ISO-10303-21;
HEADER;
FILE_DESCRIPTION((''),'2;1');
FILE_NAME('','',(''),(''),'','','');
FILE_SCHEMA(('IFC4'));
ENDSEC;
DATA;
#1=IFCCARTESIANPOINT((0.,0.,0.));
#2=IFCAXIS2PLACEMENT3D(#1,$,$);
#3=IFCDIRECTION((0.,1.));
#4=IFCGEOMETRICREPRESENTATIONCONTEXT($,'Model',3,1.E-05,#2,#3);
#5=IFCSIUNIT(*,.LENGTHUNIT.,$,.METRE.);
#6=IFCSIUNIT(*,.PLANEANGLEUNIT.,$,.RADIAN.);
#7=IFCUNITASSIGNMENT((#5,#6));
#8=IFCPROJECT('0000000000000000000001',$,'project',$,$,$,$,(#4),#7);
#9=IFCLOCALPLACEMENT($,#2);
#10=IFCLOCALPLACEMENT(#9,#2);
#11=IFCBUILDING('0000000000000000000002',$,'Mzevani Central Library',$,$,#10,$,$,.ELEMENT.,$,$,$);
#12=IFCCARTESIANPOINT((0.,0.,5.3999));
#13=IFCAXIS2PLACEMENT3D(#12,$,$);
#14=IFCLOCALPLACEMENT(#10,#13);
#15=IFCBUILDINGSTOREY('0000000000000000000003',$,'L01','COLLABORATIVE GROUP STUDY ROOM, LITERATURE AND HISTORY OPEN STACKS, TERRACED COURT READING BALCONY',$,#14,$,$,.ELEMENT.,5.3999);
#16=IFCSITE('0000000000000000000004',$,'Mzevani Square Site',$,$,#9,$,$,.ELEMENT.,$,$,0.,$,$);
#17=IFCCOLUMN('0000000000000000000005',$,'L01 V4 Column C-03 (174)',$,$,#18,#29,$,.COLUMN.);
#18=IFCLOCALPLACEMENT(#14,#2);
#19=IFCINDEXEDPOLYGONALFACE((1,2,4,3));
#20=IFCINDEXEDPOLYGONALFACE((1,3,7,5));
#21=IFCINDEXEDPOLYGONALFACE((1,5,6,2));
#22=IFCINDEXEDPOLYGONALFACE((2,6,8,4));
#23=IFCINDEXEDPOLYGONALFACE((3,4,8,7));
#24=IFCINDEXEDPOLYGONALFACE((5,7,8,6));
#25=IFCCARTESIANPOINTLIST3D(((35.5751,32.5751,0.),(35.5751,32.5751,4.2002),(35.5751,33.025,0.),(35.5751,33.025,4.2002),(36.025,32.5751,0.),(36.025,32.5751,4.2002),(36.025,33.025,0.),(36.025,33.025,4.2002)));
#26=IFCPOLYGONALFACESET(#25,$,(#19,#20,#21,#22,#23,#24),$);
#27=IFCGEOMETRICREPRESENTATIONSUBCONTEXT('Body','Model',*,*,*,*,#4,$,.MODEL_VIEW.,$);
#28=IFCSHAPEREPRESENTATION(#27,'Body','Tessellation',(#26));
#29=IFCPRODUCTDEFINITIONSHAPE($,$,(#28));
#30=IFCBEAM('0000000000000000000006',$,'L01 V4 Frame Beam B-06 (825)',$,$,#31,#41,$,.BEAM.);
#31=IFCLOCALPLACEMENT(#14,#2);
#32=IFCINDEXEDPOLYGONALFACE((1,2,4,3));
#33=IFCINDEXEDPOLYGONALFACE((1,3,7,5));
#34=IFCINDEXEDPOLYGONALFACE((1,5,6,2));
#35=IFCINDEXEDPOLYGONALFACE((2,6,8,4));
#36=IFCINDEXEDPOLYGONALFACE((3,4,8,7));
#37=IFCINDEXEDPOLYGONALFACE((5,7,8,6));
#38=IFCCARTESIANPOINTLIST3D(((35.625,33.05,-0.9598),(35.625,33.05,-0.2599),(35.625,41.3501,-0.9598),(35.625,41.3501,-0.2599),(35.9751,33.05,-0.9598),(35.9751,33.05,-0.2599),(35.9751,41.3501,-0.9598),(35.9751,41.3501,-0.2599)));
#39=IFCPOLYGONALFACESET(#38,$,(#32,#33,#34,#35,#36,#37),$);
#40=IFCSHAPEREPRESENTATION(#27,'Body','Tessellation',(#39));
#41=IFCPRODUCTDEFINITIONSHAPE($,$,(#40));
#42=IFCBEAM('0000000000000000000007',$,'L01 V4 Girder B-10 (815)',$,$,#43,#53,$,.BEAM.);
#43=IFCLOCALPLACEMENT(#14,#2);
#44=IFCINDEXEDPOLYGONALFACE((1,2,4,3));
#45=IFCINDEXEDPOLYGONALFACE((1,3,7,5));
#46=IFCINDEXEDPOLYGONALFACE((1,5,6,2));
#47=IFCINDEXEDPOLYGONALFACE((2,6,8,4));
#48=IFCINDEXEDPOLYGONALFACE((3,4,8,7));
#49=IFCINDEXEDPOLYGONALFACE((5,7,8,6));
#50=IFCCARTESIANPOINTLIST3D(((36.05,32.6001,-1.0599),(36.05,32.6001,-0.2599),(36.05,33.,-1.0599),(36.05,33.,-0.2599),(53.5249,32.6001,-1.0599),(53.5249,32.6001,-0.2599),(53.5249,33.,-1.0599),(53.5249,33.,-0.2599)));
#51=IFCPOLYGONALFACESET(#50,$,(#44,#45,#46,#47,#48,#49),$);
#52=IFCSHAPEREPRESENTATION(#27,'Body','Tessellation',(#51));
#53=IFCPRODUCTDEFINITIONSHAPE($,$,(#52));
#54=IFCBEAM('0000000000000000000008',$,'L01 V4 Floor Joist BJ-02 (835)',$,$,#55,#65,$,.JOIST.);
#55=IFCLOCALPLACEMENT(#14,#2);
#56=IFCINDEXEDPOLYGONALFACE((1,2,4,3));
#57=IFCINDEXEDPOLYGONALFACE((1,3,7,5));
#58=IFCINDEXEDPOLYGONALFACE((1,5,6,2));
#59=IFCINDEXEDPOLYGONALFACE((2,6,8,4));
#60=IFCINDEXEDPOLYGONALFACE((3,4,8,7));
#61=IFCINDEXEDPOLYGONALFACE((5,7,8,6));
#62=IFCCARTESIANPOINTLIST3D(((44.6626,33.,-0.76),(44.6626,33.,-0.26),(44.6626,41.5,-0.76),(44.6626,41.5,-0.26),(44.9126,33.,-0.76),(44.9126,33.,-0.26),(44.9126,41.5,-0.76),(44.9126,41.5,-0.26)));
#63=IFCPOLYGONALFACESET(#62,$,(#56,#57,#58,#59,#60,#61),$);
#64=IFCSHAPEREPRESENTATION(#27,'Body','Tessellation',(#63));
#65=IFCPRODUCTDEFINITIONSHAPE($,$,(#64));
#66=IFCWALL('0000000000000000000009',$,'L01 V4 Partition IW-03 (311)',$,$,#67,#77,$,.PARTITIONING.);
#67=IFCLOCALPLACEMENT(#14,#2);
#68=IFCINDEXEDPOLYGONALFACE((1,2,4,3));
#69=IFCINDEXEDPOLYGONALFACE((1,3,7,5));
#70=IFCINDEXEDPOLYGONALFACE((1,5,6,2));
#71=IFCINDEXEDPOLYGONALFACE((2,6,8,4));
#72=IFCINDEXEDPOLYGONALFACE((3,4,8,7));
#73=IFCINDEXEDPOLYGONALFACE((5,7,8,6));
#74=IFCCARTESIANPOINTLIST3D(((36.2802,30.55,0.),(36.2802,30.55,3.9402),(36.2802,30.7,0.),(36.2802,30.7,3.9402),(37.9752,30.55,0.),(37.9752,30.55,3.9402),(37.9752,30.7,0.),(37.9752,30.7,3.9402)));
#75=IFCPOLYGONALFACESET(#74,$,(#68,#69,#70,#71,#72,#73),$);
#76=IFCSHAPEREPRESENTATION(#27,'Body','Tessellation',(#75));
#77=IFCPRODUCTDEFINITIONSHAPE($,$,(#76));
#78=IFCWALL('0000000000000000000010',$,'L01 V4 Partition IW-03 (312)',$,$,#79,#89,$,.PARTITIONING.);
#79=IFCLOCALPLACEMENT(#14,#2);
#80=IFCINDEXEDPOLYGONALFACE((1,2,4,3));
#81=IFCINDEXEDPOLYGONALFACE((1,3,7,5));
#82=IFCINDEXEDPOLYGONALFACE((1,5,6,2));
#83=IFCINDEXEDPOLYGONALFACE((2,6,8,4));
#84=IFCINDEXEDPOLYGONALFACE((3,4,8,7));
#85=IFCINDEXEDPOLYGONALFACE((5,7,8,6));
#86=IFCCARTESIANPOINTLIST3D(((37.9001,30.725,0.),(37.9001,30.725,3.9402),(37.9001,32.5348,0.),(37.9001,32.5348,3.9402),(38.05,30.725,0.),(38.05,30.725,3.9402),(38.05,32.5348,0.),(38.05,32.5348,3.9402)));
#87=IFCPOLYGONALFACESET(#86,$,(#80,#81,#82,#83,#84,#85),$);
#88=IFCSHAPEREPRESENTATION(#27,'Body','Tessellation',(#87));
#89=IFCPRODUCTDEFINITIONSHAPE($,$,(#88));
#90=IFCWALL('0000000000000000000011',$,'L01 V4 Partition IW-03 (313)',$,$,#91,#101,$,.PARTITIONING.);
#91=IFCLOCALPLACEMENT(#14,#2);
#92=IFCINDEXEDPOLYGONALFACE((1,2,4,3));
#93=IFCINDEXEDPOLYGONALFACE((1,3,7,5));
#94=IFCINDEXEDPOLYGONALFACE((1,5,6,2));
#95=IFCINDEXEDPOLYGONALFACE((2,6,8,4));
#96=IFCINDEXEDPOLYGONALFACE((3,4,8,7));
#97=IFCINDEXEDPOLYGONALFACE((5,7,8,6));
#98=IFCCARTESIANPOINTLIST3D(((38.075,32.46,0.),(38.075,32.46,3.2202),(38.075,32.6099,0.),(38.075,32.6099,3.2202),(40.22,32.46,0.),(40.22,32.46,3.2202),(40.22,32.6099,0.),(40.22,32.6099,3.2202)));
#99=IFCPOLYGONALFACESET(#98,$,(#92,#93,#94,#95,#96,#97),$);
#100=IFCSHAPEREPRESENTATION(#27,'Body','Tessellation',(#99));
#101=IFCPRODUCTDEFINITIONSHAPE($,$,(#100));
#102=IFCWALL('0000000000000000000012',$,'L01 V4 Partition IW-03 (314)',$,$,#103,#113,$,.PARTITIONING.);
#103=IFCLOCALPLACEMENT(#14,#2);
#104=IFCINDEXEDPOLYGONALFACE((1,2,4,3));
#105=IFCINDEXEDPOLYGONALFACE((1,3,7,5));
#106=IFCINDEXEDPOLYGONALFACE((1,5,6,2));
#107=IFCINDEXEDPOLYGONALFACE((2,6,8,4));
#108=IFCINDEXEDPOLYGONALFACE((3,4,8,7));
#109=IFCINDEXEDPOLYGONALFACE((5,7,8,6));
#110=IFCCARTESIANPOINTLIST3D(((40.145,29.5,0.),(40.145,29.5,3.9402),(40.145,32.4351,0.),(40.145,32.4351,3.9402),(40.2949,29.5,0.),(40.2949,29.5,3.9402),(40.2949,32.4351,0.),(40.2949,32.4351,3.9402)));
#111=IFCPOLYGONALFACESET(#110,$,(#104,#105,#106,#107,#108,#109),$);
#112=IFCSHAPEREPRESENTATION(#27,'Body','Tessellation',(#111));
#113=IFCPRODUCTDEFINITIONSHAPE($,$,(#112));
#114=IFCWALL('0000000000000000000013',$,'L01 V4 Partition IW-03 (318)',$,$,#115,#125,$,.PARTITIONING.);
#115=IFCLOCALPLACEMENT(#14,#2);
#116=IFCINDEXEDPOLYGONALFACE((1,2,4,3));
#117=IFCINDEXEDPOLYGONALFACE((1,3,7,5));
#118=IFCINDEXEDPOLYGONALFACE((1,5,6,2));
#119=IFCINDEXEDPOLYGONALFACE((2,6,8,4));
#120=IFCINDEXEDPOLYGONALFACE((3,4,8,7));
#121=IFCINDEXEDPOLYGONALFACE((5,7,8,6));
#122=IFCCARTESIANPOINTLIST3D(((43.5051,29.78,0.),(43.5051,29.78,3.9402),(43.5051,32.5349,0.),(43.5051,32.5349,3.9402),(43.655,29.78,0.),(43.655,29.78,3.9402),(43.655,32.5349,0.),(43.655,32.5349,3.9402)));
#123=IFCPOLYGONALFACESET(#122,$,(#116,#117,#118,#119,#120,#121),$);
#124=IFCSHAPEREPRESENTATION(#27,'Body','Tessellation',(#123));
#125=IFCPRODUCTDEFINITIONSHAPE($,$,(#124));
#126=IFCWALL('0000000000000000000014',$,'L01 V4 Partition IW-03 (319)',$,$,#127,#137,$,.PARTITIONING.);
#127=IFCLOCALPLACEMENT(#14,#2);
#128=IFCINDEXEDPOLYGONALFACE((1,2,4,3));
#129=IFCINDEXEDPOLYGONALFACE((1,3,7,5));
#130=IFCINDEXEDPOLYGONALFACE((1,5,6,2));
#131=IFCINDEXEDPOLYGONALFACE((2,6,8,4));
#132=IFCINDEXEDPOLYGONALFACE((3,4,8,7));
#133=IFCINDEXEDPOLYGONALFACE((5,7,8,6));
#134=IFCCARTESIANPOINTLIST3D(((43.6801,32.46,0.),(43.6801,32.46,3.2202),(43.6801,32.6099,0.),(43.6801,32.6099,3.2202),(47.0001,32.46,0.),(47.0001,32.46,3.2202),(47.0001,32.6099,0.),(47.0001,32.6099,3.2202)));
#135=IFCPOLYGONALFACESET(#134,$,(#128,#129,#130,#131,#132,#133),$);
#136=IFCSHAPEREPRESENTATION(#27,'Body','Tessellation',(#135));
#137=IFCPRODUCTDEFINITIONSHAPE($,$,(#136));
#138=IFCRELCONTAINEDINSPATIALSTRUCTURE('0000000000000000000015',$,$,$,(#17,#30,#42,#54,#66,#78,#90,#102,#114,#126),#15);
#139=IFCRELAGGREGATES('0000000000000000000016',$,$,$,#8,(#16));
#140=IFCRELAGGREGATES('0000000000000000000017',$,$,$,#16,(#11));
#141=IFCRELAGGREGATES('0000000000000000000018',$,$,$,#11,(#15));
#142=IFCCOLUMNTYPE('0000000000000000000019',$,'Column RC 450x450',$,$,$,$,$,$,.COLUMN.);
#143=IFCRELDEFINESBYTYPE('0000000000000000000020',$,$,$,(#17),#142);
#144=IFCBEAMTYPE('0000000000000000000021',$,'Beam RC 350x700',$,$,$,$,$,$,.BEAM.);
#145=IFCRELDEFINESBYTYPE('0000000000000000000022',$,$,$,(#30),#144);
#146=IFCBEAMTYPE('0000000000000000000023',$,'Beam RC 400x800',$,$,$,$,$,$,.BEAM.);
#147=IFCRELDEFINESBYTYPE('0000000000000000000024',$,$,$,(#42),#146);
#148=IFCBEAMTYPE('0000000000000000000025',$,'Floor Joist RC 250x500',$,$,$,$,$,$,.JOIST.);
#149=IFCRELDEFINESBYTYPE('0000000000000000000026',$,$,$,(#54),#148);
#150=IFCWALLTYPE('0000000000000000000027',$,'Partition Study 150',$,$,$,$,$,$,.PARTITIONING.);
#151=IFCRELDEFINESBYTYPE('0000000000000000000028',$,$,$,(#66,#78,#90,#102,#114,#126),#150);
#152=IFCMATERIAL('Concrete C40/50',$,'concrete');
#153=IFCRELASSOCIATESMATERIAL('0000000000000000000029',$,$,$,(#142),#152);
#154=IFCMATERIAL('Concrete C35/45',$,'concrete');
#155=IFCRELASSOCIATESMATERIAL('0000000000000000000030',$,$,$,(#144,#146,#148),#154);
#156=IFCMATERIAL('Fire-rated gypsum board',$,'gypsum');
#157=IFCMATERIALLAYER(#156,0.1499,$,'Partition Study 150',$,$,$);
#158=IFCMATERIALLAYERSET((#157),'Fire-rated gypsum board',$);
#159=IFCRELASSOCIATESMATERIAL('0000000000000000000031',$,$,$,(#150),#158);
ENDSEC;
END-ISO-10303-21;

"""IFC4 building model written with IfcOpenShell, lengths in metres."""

from ifc_helpers import new_model, si_unit, direction, frame, frame_2d, origin, origin_2d, place, context, subcontext, project, spatial, rectangle, extrude, material, layer, layer_set, material_profile, profile_set, type_object, element, save


model = new_model("IFC4")

# Units and contexts
model_context = context("Model", 3, precision=1e-05, world=origin(), true_north=direction((0.0, 1.0)))
body_context = subcontext(model_context, "Body", "Model", "MODEL_VIEW")
ifc_project = project(units=[si_unit("LENGTHUNIT", "METRE"), si_unit("PLANEANGLEUNIT", "RADIAN")], contexts=[model_context])

# Site, building, storey
site_placement = place(None, origin())
site = spatial("IfcSite", under=ifc_project, at=site_placement, Name="Mzevani Square Site", CompositionType="ELEMENT", RefElevation=0.0)
building_placement = place(site_placement, origin())
building = spatial("IfcBuilding", under=site, at=building_placement, Name="Mzevani Central Library", CompositionType="ELEMENT")
storey_placement = place(building_placement, frame((0.0, 0.0, 5.3999)))
storey = spatial("IfcBuildingStorey", under=building, at=storey_placement, Name="L01", Description="COLLABORATIVE GROUP STUDY ROOM, LITERATURE AND HISTORY OPEN STACKS, TERRACED COURT READING BALCONY", CompositionType="ELEMENT", Elevation=5.3999)

# Column
ifc_material_1 = material(Name="Concrete C40/50", Category="concrete")
ifc_material_profile_1 = material_profile(ifc_material_1, rectangle(XDim=0.45, YDim=0.45, at=origin_2d()), Name="RC 450x450")
ifc_profile_set_1 = profile_set([ifc_material_profile_1], Name="Concrete C40/50")
column_type = type_object("IfcColumnType", Name="Column RC 450x450", PredefinedType="COLUMN", material=ifc_profile_set_1)
column_placement = place(storey_placement, frame((35.8, 32.8, 0.0), z_axis=(0.0, 0.0, 1.0), x_axis=(1.0, 0.0, 0.0)))
element("IfcColumn", 1, at=column_placement, inside=storey, type_object=column_type, Name="L01 V4 Column C-03 (174)", PredefinedType="COLUMN", context=body_context, shape_type="SweptSolid", body=[
    extrude(rectangle(XDim=0.45, YDim=0.45, at=origin_2d()), origin(), (0.0, 0.0, 1.0), 4.2002),
])

# Beams
ifc_material_2 = material(Name="Concrete C35/45", Category="concrete")
ifc_material_profile_2 = material_profile(ifc_material_2, rectangle(XDim=0.3501, YDim=0.7, at=origin_2d()), Name="RC B350x700")
ifc_profile_set_2 = profile_set([ifc_material_profile_2], Name="Concrete C35/45")
beam_type_1 = type_object("IfcBeamType", Name="Beam RC 350x700", PredefinedType="BEAM", material=ifc_profile_set_2)
beam_1_placement = place(storey_placement, frame((35.8, 33.05, -0.6099), z_axis=(0.0, 1.0, 0.0), x_axis=(-1.0, 0.0, 0.0)))
element("IfcBeam", 2, at=beam_1_placement, inside=storey, type_object=beam_type_1, Name="L01 V4 Frame Beam B-06 (825)", PredefinedType="BEAM", context=body_context, shape_type="SweptSolid", body=[
    extrude(rectangle(XDim=0.3501, YDim=0.7, at=origin_2d()), origin(), (0.0, 0.0, 1.0), 8.3),
])
ifc_material_profile_3 = material_profile(ifc_material_2, rectangle(XDim=0.3999, YDim=0.8, at=origin_2d()), Name="RC B400x800")
ifc_profile_set_3 = profile_set([ifc_material_profile_3], Name="Concrete C35/45")
beam_type_2 = type_object("IfcBeamType", Name="Beam RC 400x800", PredefinedType="BEAM", material=ifc_profile_set_3)
beam_2_placement = place(storey_placement, frame((36.05, 32.8, -0.6599), z_axis=(1.0, 0.0, 0.0), x_axis=(0.0, 1.0, 0.0)))
element("IfcBeam", 3, at=beam_2_placement, inside=storey, type_object=beam_type_2, Name="L01 V4 Girder B-10 (815)", PredefinedType="BEAM", context=body_context, shape_type="SweptSolid", body=[
    extrude(rectangle(XDim=0.3999, YDim=0.8, at=origin_2d()), origin(), (0.0, 0.0, 1.0), 17.4749),
])
ifc_material_profile_4 = material_profile(ifc_material_2, rectangle(XDim=0.25, YDim=0.5, at=origin_2d()), Name="RC J250x500")
ifc_profile_set_4 = profile_set([ifc_material_profile_4], Name="Concrete C35/45")
beam_type_3 = type_object("IfcBeamType", Name="Floor Joist RC 250x500", PredefinedType="JOIST", material=ifc_profile_set_4)
beam_3_placement = place(storey_placement, frame((44.7876, 33.0, -0.51), z_axis=(0.0, 1.0, 0.0), x_axis=(-1.0, 0.0, 0.0)))
element("IfcBeam", 4, at=beam_3_placement, inside=storey, type_object=beam_type_3, Name="L01 V4 Floor Joist BJ-02 (835)", PredefinedType="JOIST", context=body_context, shape_type="SweptSolid", body=[
    extrude(rectangle(XDim=0.25, YDim=0.5, at=origin_2d()), origin(), (0.0, 0.0, 1.0), 8.5),
])

# Walls
ifc_material_3 = material(Name="Fire-rated gypsum board", Category="gypsum")
ifc_layer = layer(ifc_material_3, 0.1499, Name="Partition Study 150")
ifc_layer_set = layer_set([ifc_layer], Name="Fire-rated gypsum board")
wall_type = type_object("IfcWallType", Name="Partition Study 150", PredefinedType="PARTITIONING", material=ifc_layer_set)
wall_1_placement = place(storey_placement, frame((36.28, 30.625, 0.0), z_axis=(0.0, 0.0, 1.0), x_axis=(1.0, 0.0, 0.0)))
element("IfcWall", 5, at=wall_1_placement, inside=storey, type_object=wall_type, Name="L01 V4 Partition IW-03 (311)", PredefinedType="PARTITIONING", context=body_context, shape_type="SweptSolid", body=[
    extrude(rectangle(XDim=1.6951, YDim=0.1499, at=frame_2d((0.8477, 0.0))), origin(), (0.0, 0.0, 1.0), 3.9402),
])
wall_2_placement = place(storey_placement, frame((37.9751, 30.7251, 0.0), z_axis=(0.0, 0.0, 1.0), x_axis=(0.0, 1.0, 0.0)))
element("IfcWall", 6, at=wall_2_placement, inside=storey, type_object=wall_type, Name="L01 V4 Partition IW-03 (312)", PredefinedType="PARTITIONING", context=body_context, shape_type="SweptSolid", body=[
    extrude(rectangle(XDim=1.8098, YDim=0.1499, at=frame_2d((0.9048, 0.0))), origin(), (0.0, 0.0, 1.0), 3.9402),
])
wall_3_placement = place(storey_placement, frame((38.075, 32.5349, 0.0), z_axis=(0.0, 0.0, 1.0), x_axis=(1.0, 0.0, 0.0)))
element("IfcWall", 7, at=wall_3_placement, inside=storey, type_object=wall_type, Name="L01 V4 Partition IW-03 (313)", PredefinedType="PARTITIONING", context=body_context, shape_type="SweptSolid", body=[
    extrude(rectangle(XDim=2.145, YDim=0.1499, at=frame_2d((1.0725, 0.0))), origin(), (0.0, 0.0, 1.0), 3.2202),
])
wall_4_placement = place(storey_placement, frame((40.22, 32.4351, 0.0), z_axis=(0.0, 0.0, 1.0), x_axis=(0.0, -1.0, 0.0)))
element("IfcWall", 8, at=wall_4_placement, inside=storey, type_object=wall_type, Name="L01 V4 Partition IW-03 (314)", PredefinedType="PARTITIONING", context=body_context, shape_type="SweptSolid", body=[
    extrude(rectangle(XDim=2.9351, YDim=0.1499, at=frame_2d((1.4675, 0.0))), origin(), (0.0, 0.0, 1.0), 3.9402),
])
wall_5_placement = place(storey_placement, frame((43.5801, 29.78, 0.0), z_axis=(0.0, 0.0, 1.0), x_axis=(0.0, 1.0, 0.0)))
element("IfcWall", 9, at=wall_5_placement, inside=storey, type_object=wall_type, Name="L01 V4 Partition IW-03 (318)", PredefinedType="PARTITIONING", context=body_context, shape_type="SweptSolid", body=[
    extrude(rectangle(XDim=2.7549, YDim=0.1499, at=frame_2d((1.3774, 0.0))), origin(), (0.0, 0.0, 1.0), 3.9402),
])
wall_6_placement = place(storey_placement, frame((43.6799, 32.5349, 0.0), z_axis=(0.0, 0.0, 1.0), x_axis=(1.0, 0.0, 0.0)))
element("IfcWall", 10, at=wall_6_placement, inside=storey, type_object=wall_type, Name="L01 V4 Partition IW-03 (319)", PredefinedType="PARTITIONING", context=body_context, shape_type="SweptSolid", body=[
    extrude(rectangle(XDim=3.3201, YDim=0.1499, at=frame_2d((1.6602, 0.0))), origin(), (0.0, 0.0, 1.0), 3.2202),
])

save(model, "model.ifc")
